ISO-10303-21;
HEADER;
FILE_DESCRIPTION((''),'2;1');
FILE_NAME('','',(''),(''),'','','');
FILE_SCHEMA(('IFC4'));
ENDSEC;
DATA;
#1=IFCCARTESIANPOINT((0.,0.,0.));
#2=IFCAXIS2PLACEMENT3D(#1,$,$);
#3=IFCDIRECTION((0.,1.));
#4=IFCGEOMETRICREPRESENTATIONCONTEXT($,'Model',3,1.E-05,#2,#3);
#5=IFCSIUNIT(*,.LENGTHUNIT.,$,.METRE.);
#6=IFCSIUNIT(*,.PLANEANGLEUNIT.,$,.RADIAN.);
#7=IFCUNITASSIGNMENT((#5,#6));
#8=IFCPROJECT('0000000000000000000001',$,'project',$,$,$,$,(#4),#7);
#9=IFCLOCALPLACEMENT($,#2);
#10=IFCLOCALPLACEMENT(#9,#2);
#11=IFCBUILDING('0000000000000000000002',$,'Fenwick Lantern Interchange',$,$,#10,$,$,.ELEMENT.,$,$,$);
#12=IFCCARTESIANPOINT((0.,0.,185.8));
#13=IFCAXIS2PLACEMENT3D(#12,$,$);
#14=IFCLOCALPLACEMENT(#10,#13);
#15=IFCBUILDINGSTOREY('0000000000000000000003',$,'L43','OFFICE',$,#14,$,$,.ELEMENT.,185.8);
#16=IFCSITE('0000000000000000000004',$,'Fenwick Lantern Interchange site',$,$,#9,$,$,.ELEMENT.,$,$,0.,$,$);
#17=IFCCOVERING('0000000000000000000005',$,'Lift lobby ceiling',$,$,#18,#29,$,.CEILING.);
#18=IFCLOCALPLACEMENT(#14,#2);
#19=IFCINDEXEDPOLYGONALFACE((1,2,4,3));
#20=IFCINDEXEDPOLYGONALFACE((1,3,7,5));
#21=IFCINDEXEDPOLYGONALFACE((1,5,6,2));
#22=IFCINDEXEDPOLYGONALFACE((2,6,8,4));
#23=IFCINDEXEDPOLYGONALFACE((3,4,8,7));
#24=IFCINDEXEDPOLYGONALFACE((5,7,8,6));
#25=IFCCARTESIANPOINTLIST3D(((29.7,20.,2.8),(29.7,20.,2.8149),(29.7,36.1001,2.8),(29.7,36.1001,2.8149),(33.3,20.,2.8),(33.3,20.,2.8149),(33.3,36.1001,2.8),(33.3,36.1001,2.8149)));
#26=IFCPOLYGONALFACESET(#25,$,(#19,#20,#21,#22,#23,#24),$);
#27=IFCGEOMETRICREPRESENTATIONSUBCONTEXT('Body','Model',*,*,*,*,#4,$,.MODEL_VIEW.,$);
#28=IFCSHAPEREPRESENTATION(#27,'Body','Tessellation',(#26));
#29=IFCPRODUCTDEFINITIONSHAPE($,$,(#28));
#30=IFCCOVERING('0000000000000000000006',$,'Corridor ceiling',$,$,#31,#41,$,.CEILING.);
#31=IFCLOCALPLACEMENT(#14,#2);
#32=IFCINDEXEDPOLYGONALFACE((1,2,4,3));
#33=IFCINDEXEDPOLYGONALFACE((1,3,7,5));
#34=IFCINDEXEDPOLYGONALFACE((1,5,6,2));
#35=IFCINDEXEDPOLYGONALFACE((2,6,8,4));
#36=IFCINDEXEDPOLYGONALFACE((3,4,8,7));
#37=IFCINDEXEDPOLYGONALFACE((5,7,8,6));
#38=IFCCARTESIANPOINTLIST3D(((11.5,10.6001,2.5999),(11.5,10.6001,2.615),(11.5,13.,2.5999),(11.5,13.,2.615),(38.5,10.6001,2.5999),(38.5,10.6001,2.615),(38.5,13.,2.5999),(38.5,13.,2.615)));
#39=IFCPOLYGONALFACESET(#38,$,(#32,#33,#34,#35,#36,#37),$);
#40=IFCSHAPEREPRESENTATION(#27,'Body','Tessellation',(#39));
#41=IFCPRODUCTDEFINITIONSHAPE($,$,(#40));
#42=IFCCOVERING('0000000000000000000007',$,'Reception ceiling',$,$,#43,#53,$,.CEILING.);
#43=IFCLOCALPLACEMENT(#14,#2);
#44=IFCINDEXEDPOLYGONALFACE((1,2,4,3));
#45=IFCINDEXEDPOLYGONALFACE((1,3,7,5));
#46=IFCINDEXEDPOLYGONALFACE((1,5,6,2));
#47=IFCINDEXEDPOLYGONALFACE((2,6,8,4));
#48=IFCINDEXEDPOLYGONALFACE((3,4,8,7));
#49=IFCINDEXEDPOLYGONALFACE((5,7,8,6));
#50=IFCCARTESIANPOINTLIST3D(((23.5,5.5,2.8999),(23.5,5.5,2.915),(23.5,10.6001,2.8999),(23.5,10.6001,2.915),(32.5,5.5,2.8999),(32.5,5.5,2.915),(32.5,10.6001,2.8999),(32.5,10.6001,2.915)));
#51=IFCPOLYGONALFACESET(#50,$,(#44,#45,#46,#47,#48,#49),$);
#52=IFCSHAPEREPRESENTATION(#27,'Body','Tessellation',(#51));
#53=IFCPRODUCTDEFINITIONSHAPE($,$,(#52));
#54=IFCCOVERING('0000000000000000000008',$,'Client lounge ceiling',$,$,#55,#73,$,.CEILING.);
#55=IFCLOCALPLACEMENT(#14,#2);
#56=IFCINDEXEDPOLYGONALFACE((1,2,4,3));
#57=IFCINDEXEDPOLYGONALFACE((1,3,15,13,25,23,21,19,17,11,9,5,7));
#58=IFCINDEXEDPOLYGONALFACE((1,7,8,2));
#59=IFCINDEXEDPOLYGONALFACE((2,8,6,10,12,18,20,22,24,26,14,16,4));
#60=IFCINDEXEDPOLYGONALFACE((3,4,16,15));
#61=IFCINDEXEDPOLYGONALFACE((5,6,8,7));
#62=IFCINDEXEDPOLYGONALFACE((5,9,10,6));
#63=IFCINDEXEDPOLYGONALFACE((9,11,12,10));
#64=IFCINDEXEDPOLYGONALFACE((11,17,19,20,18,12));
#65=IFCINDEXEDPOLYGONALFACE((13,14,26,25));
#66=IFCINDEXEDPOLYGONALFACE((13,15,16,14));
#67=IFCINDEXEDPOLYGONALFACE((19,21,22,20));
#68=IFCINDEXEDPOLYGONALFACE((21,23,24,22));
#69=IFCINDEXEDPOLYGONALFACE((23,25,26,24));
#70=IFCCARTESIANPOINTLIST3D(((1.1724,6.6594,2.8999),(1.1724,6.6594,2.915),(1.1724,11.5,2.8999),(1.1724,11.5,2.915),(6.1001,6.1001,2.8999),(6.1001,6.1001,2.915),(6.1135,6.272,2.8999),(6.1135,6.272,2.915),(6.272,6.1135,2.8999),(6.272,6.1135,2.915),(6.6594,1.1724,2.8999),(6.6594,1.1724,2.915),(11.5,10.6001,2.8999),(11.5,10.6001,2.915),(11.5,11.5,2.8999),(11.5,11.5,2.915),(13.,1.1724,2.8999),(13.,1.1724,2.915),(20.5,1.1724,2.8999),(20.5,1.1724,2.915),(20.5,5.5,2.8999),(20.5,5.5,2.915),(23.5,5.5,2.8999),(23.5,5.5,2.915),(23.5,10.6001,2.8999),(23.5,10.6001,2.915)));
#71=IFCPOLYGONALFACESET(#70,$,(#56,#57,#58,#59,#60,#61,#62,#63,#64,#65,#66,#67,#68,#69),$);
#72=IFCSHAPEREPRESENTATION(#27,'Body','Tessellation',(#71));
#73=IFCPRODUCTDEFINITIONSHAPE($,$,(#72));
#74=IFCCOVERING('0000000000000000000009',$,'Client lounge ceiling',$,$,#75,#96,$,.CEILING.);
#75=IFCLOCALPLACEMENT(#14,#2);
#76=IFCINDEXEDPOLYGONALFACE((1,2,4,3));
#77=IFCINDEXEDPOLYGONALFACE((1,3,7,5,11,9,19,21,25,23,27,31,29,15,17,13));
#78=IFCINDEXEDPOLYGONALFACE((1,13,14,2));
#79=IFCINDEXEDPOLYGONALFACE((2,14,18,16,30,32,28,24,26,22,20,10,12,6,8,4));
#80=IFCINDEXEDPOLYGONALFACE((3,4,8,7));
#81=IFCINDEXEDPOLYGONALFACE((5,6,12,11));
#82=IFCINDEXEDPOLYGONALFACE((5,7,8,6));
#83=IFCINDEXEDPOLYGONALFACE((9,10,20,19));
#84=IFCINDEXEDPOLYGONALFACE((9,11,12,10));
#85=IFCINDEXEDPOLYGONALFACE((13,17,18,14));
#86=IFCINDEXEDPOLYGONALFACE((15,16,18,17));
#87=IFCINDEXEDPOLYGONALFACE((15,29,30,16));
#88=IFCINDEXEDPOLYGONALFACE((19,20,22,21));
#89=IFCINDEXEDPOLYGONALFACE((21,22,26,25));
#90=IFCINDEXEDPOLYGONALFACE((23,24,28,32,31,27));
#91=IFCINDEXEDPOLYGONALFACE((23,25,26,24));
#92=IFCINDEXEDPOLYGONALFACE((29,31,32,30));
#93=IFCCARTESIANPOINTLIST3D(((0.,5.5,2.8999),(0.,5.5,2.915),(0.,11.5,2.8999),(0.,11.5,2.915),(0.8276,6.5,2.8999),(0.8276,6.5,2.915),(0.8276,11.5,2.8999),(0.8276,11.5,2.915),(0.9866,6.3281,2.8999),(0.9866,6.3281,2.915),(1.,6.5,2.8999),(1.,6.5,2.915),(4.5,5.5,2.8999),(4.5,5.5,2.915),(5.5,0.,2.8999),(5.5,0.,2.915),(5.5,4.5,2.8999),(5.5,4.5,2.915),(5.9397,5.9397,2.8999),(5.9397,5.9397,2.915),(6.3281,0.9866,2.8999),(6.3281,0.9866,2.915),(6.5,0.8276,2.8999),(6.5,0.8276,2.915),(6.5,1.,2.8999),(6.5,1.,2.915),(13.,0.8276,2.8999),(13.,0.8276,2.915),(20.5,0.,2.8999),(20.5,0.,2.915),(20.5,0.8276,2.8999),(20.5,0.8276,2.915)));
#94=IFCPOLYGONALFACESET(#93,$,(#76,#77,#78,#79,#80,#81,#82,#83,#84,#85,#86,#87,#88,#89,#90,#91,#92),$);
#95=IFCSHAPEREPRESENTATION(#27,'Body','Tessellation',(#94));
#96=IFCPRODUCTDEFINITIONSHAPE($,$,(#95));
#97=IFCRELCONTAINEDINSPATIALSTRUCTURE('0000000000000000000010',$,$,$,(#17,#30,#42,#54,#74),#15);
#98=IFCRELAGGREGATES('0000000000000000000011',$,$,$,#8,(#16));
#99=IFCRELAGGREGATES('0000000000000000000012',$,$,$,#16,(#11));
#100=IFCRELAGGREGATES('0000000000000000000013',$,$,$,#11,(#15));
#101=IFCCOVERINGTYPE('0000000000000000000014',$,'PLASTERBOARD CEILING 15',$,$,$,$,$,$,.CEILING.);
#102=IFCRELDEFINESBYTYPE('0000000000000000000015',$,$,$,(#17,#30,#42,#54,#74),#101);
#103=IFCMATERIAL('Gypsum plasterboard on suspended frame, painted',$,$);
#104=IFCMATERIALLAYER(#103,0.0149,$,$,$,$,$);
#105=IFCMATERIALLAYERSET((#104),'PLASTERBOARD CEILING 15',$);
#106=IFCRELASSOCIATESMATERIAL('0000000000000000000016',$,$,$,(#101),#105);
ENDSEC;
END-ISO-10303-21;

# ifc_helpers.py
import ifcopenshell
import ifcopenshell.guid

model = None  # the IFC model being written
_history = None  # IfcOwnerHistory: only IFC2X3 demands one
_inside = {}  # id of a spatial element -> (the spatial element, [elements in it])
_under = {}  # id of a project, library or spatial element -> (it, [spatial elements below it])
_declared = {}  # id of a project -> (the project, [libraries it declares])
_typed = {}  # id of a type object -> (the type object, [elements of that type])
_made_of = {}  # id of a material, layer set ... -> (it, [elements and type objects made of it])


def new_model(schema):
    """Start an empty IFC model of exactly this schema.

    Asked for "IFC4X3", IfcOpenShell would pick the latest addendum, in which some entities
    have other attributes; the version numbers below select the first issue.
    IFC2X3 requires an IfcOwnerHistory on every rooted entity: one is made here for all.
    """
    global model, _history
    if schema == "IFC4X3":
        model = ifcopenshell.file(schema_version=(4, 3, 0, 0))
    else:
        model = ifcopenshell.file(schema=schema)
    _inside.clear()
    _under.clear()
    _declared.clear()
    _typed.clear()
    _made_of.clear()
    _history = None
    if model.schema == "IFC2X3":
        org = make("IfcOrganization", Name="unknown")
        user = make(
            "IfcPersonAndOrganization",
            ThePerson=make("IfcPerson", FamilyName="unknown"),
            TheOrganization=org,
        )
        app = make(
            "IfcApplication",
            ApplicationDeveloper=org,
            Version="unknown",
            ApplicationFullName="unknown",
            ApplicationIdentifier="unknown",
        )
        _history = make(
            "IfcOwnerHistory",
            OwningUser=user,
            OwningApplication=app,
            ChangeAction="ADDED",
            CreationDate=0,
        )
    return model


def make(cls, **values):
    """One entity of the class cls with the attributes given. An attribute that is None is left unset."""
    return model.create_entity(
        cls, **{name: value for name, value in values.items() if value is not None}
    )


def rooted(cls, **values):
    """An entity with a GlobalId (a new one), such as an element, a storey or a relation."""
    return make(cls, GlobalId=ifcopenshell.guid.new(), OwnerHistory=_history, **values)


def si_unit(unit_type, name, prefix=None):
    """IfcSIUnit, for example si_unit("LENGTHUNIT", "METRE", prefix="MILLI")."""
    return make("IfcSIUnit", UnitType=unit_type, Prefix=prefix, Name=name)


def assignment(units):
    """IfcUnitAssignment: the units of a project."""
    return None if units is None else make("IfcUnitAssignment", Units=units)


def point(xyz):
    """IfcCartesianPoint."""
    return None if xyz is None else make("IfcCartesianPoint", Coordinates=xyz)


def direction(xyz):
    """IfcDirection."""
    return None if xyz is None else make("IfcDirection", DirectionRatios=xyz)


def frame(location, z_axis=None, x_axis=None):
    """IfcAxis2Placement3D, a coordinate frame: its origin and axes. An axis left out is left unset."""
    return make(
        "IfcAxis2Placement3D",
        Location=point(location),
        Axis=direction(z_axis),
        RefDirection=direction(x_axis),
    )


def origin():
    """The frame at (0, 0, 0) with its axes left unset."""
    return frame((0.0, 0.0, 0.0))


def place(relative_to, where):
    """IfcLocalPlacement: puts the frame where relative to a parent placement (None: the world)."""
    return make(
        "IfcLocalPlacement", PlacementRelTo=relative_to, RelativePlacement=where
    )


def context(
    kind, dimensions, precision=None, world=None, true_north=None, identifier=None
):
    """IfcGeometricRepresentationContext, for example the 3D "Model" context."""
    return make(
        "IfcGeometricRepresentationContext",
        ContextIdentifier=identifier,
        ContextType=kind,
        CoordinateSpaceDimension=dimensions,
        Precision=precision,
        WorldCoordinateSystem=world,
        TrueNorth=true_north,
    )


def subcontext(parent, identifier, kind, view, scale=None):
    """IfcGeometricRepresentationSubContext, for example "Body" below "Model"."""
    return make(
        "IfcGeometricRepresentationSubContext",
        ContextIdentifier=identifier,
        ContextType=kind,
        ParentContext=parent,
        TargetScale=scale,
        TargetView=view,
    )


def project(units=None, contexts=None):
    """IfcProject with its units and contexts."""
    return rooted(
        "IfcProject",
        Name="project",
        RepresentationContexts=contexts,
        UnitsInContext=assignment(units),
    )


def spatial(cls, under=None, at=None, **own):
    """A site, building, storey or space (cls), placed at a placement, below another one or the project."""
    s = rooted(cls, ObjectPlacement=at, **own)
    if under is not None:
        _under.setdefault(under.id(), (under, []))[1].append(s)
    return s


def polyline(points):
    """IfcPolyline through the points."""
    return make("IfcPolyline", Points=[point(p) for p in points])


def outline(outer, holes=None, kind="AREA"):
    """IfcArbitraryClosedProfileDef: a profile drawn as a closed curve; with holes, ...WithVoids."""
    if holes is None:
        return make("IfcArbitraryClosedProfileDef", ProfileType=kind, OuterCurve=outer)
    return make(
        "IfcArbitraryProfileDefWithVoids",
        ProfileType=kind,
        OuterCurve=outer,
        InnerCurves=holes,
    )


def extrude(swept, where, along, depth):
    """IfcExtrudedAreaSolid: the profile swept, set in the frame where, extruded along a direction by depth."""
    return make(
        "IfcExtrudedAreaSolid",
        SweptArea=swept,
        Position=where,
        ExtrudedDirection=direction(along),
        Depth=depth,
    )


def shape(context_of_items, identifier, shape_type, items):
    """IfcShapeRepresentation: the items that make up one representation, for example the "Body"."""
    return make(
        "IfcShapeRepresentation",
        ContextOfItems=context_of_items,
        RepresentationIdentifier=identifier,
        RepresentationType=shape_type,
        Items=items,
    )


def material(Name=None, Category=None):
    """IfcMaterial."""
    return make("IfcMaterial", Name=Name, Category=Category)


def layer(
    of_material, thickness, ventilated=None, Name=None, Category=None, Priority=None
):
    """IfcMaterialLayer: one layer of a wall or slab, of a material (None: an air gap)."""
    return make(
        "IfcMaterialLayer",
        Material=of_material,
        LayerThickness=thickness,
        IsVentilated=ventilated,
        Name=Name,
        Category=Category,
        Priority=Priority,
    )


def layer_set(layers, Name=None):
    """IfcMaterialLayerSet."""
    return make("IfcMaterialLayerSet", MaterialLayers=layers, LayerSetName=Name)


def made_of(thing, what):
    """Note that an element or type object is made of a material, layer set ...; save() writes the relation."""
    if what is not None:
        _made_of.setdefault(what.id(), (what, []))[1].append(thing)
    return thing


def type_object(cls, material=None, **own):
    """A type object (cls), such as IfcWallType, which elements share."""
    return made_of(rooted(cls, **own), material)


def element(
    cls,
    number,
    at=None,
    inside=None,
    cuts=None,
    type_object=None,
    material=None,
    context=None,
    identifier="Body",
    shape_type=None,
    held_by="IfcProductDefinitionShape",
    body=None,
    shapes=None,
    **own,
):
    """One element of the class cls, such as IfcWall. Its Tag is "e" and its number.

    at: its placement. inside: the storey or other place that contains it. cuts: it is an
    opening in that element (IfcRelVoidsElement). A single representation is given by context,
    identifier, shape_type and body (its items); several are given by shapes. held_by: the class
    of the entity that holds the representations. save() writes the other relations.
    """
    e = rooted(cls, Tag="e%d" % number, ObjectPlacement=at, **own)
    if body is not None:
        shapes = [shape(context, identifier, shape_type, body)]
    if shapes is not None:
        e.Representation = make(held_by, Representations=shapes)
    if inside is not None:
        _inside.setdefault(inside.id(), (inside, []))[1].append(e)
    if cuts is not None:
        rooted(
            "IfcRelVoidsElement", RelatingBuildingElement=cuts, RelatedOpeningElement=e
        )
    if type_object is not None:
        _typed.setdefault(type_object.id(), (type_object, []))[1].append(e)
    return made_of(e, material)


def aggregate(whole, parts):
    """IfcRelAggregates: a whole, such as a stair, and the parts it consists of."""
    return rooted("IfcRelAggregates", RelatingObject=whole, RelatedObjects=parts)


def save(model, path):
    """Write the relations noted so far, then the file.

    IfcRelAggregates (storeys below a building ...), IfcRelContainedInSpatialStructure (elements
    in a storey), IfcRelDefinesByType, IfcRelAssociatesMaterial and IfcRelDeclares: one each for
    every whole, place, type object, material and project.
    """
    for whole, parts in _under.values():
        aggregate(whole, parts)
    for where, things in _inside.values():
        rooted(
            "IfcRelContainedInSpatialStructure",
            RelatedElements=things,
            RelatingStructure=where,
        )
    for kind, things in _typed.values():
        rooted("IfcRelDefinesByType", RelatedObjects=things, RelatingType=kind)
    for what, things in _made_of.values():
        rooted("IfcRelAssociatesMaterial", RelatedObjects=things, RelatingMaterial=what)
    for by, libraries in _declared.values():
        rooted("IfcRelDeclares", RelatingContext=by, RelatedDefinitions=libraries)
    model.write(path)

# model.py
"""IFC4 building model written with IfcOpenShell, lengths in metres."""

from ifc_helpers import new_model, si_unit, direction, frame, origin, place, context, subcontext, project, spatial, polyline, outline, extrude, material, layer, layer_set, type_object, element, save


model = new_model("IFC4")

# Units and contexts
model_context = context("Model", 3, precision=1e-05, world=origin(), true_north=direction((0.0, 1.0)))
body_context = subcontext(model_context, "Body", "Model", "MODEL_VIEW")
ifc_project = project(units=[si_unit("LENGTHUNIT", "METRE"), si_unit("PLANEANGLEUNIT", "RADIAN")], contexts=[model_context])

# Site, building, storey
site_placement = place(None, origin())
site = spatial("IfcSite", under=ifc_project, at=site_placement, Name="Fenwick Lantern Interchange site", CompositionType="ELEMENT", RefElevation=0.0)
building_placement = place(site_placement, origin())
building = spatial("IfcBuilding", under=site, at=building_placement, Name="Fenwick Lantern Interchange", CompositionType="ELEMENT")
storey_placement = place(building_placement, frame((0.0, 0.0, 185.8)))
storey = spatial("IfcBuildingStorey", under=building, at=storey_placement, Name="L43", Description="OFFICE", CompositionType="ELEMENT", Elevation=185.8)

# Coverings
ifc_material_1 = material(Name="Gypsum plasterboard on suspended frame, painted")
ifc_layer_1 = layer(ifc_material_1, 0.0149)
ifc_layer_set_1 = layer_set([ifc_layer_1], Name="PLASTERBOARD CEILING 15")
covering_type_1 = type_object("IfcCoveringType", Name="PLASTERBOARD CEILING 15", PredefinedType="CEILING", material=ifc_layer_set_1)
covering_1_placement = place(storey_placement, frame((0.0, 0.0, 2.8)))
element("IfcCovering", 1, at=covering_1_placement, inside=storey, type_object=covering_type_1, Name="Lift lobby ceiling", PredefinedType="CEILING", context=body_context, shape_type="SweptSolid", body=[
    extrude(outline(polyline([(33.3, 36.1001), (29.7, 36.1001), (29.7, 20.0), (33.3, 20.0), (33.3, 36.1001)])), origin(), (0.0, 0.0, 1.0), 0.0149),
])
covering_2_placement = place(storey_placement, frame((0.0, 0.0, 2.5999)))
element("IfcCovering", 2, at=covering_2_placement, inside=storey, type_object=covering_type_1, Name="Corridor ceiling", PredefinedType="CEILING", context=body_context, shape_type="SweptSolid", body=[
    extrude(outline(polyline([(11.5, 10.6001), (38.5, 10.6001), (38.5, 13.0), (11.5, 13.0), (11.5, 10.6001)])), origin(), (0.0, 0.0, 1.0), 0.0151),
])
covering_3_placement = place(storey_placement, frame((0.0, 0.0, 2.8999)))
element("IfcCovering", 3, at=covering_3_placement, inside=storey, type_object=covering_type_1, Name="Reception ceiling", PredefinedType="CEILING", context=body_context, shape_type="SweptSolid", body=[
    extrude(outline(polyline([(23.5, 5.5), (32.5, 5.5), (32.5, 10.6001), (23.5, 10.6001), (23.5, 5.5)])), origin(), (0.0, 0.0, 1.0), 0.0151),
])
covering_4_placement = place(storey_placement, frame((0.0, 0.0, 2.8999)))
element("IfcCovering", 4, at=covering_4_placement, inside=storey, type_object=covering_type_1, Name="Client lounge ceiling", PredefinedType="CEILING", context=body_context, shape_type="SweptSolid", body=[
    extrude(outline(polyline([(11.5, 11.5), (1.1724, 11.5), (1.1724, 6.6594), (6.1135, 6.272), (6.1001, 6.1001), (6.272, 6.1135), (6.6594, 1.1724), (13.0, 1.1724), (20.5, 1.1724), (20.5, 5.5), (23.5, 5.5), (23.5, 10.6001), (11.5, 10.6001), (11.5, 11.5)])), origin(), (0.0, 0.0, 1.0), 0.0151),
])
covering_5_placement = place(storey_placement, frame((0.0, 0.0, 2.8999)))
element("IfcCovering", 5, at=covering_5_placement, inside=storey, type_object=covering_type_1, Name="Client lounge ceiling", PredefinedType="CEILING", context=body_context, shape_type="SweptSolid", body=[
    extrude(outline(polyline([(5.5, 0.0), (20.5, 0.0), (20.5, 0.8276), (13.0, 0.8276), (6.5, 0.8276), (6.5, 1.0), (6.3281, 0.9866), (5.9397, 5.9397), (0.9866, 6.3281), (1.0, 6.5), (0.8276, 6.5), (0.8276, 11.5), (0.0, 11.5), (0.0, 5.5), (4.5, 5.5), (5.5, 4.5), (5.5, 0.0)])), origin(), (0.0, 0.0, 1.0), 0.0151),
])

save(model, "model.ifc")
